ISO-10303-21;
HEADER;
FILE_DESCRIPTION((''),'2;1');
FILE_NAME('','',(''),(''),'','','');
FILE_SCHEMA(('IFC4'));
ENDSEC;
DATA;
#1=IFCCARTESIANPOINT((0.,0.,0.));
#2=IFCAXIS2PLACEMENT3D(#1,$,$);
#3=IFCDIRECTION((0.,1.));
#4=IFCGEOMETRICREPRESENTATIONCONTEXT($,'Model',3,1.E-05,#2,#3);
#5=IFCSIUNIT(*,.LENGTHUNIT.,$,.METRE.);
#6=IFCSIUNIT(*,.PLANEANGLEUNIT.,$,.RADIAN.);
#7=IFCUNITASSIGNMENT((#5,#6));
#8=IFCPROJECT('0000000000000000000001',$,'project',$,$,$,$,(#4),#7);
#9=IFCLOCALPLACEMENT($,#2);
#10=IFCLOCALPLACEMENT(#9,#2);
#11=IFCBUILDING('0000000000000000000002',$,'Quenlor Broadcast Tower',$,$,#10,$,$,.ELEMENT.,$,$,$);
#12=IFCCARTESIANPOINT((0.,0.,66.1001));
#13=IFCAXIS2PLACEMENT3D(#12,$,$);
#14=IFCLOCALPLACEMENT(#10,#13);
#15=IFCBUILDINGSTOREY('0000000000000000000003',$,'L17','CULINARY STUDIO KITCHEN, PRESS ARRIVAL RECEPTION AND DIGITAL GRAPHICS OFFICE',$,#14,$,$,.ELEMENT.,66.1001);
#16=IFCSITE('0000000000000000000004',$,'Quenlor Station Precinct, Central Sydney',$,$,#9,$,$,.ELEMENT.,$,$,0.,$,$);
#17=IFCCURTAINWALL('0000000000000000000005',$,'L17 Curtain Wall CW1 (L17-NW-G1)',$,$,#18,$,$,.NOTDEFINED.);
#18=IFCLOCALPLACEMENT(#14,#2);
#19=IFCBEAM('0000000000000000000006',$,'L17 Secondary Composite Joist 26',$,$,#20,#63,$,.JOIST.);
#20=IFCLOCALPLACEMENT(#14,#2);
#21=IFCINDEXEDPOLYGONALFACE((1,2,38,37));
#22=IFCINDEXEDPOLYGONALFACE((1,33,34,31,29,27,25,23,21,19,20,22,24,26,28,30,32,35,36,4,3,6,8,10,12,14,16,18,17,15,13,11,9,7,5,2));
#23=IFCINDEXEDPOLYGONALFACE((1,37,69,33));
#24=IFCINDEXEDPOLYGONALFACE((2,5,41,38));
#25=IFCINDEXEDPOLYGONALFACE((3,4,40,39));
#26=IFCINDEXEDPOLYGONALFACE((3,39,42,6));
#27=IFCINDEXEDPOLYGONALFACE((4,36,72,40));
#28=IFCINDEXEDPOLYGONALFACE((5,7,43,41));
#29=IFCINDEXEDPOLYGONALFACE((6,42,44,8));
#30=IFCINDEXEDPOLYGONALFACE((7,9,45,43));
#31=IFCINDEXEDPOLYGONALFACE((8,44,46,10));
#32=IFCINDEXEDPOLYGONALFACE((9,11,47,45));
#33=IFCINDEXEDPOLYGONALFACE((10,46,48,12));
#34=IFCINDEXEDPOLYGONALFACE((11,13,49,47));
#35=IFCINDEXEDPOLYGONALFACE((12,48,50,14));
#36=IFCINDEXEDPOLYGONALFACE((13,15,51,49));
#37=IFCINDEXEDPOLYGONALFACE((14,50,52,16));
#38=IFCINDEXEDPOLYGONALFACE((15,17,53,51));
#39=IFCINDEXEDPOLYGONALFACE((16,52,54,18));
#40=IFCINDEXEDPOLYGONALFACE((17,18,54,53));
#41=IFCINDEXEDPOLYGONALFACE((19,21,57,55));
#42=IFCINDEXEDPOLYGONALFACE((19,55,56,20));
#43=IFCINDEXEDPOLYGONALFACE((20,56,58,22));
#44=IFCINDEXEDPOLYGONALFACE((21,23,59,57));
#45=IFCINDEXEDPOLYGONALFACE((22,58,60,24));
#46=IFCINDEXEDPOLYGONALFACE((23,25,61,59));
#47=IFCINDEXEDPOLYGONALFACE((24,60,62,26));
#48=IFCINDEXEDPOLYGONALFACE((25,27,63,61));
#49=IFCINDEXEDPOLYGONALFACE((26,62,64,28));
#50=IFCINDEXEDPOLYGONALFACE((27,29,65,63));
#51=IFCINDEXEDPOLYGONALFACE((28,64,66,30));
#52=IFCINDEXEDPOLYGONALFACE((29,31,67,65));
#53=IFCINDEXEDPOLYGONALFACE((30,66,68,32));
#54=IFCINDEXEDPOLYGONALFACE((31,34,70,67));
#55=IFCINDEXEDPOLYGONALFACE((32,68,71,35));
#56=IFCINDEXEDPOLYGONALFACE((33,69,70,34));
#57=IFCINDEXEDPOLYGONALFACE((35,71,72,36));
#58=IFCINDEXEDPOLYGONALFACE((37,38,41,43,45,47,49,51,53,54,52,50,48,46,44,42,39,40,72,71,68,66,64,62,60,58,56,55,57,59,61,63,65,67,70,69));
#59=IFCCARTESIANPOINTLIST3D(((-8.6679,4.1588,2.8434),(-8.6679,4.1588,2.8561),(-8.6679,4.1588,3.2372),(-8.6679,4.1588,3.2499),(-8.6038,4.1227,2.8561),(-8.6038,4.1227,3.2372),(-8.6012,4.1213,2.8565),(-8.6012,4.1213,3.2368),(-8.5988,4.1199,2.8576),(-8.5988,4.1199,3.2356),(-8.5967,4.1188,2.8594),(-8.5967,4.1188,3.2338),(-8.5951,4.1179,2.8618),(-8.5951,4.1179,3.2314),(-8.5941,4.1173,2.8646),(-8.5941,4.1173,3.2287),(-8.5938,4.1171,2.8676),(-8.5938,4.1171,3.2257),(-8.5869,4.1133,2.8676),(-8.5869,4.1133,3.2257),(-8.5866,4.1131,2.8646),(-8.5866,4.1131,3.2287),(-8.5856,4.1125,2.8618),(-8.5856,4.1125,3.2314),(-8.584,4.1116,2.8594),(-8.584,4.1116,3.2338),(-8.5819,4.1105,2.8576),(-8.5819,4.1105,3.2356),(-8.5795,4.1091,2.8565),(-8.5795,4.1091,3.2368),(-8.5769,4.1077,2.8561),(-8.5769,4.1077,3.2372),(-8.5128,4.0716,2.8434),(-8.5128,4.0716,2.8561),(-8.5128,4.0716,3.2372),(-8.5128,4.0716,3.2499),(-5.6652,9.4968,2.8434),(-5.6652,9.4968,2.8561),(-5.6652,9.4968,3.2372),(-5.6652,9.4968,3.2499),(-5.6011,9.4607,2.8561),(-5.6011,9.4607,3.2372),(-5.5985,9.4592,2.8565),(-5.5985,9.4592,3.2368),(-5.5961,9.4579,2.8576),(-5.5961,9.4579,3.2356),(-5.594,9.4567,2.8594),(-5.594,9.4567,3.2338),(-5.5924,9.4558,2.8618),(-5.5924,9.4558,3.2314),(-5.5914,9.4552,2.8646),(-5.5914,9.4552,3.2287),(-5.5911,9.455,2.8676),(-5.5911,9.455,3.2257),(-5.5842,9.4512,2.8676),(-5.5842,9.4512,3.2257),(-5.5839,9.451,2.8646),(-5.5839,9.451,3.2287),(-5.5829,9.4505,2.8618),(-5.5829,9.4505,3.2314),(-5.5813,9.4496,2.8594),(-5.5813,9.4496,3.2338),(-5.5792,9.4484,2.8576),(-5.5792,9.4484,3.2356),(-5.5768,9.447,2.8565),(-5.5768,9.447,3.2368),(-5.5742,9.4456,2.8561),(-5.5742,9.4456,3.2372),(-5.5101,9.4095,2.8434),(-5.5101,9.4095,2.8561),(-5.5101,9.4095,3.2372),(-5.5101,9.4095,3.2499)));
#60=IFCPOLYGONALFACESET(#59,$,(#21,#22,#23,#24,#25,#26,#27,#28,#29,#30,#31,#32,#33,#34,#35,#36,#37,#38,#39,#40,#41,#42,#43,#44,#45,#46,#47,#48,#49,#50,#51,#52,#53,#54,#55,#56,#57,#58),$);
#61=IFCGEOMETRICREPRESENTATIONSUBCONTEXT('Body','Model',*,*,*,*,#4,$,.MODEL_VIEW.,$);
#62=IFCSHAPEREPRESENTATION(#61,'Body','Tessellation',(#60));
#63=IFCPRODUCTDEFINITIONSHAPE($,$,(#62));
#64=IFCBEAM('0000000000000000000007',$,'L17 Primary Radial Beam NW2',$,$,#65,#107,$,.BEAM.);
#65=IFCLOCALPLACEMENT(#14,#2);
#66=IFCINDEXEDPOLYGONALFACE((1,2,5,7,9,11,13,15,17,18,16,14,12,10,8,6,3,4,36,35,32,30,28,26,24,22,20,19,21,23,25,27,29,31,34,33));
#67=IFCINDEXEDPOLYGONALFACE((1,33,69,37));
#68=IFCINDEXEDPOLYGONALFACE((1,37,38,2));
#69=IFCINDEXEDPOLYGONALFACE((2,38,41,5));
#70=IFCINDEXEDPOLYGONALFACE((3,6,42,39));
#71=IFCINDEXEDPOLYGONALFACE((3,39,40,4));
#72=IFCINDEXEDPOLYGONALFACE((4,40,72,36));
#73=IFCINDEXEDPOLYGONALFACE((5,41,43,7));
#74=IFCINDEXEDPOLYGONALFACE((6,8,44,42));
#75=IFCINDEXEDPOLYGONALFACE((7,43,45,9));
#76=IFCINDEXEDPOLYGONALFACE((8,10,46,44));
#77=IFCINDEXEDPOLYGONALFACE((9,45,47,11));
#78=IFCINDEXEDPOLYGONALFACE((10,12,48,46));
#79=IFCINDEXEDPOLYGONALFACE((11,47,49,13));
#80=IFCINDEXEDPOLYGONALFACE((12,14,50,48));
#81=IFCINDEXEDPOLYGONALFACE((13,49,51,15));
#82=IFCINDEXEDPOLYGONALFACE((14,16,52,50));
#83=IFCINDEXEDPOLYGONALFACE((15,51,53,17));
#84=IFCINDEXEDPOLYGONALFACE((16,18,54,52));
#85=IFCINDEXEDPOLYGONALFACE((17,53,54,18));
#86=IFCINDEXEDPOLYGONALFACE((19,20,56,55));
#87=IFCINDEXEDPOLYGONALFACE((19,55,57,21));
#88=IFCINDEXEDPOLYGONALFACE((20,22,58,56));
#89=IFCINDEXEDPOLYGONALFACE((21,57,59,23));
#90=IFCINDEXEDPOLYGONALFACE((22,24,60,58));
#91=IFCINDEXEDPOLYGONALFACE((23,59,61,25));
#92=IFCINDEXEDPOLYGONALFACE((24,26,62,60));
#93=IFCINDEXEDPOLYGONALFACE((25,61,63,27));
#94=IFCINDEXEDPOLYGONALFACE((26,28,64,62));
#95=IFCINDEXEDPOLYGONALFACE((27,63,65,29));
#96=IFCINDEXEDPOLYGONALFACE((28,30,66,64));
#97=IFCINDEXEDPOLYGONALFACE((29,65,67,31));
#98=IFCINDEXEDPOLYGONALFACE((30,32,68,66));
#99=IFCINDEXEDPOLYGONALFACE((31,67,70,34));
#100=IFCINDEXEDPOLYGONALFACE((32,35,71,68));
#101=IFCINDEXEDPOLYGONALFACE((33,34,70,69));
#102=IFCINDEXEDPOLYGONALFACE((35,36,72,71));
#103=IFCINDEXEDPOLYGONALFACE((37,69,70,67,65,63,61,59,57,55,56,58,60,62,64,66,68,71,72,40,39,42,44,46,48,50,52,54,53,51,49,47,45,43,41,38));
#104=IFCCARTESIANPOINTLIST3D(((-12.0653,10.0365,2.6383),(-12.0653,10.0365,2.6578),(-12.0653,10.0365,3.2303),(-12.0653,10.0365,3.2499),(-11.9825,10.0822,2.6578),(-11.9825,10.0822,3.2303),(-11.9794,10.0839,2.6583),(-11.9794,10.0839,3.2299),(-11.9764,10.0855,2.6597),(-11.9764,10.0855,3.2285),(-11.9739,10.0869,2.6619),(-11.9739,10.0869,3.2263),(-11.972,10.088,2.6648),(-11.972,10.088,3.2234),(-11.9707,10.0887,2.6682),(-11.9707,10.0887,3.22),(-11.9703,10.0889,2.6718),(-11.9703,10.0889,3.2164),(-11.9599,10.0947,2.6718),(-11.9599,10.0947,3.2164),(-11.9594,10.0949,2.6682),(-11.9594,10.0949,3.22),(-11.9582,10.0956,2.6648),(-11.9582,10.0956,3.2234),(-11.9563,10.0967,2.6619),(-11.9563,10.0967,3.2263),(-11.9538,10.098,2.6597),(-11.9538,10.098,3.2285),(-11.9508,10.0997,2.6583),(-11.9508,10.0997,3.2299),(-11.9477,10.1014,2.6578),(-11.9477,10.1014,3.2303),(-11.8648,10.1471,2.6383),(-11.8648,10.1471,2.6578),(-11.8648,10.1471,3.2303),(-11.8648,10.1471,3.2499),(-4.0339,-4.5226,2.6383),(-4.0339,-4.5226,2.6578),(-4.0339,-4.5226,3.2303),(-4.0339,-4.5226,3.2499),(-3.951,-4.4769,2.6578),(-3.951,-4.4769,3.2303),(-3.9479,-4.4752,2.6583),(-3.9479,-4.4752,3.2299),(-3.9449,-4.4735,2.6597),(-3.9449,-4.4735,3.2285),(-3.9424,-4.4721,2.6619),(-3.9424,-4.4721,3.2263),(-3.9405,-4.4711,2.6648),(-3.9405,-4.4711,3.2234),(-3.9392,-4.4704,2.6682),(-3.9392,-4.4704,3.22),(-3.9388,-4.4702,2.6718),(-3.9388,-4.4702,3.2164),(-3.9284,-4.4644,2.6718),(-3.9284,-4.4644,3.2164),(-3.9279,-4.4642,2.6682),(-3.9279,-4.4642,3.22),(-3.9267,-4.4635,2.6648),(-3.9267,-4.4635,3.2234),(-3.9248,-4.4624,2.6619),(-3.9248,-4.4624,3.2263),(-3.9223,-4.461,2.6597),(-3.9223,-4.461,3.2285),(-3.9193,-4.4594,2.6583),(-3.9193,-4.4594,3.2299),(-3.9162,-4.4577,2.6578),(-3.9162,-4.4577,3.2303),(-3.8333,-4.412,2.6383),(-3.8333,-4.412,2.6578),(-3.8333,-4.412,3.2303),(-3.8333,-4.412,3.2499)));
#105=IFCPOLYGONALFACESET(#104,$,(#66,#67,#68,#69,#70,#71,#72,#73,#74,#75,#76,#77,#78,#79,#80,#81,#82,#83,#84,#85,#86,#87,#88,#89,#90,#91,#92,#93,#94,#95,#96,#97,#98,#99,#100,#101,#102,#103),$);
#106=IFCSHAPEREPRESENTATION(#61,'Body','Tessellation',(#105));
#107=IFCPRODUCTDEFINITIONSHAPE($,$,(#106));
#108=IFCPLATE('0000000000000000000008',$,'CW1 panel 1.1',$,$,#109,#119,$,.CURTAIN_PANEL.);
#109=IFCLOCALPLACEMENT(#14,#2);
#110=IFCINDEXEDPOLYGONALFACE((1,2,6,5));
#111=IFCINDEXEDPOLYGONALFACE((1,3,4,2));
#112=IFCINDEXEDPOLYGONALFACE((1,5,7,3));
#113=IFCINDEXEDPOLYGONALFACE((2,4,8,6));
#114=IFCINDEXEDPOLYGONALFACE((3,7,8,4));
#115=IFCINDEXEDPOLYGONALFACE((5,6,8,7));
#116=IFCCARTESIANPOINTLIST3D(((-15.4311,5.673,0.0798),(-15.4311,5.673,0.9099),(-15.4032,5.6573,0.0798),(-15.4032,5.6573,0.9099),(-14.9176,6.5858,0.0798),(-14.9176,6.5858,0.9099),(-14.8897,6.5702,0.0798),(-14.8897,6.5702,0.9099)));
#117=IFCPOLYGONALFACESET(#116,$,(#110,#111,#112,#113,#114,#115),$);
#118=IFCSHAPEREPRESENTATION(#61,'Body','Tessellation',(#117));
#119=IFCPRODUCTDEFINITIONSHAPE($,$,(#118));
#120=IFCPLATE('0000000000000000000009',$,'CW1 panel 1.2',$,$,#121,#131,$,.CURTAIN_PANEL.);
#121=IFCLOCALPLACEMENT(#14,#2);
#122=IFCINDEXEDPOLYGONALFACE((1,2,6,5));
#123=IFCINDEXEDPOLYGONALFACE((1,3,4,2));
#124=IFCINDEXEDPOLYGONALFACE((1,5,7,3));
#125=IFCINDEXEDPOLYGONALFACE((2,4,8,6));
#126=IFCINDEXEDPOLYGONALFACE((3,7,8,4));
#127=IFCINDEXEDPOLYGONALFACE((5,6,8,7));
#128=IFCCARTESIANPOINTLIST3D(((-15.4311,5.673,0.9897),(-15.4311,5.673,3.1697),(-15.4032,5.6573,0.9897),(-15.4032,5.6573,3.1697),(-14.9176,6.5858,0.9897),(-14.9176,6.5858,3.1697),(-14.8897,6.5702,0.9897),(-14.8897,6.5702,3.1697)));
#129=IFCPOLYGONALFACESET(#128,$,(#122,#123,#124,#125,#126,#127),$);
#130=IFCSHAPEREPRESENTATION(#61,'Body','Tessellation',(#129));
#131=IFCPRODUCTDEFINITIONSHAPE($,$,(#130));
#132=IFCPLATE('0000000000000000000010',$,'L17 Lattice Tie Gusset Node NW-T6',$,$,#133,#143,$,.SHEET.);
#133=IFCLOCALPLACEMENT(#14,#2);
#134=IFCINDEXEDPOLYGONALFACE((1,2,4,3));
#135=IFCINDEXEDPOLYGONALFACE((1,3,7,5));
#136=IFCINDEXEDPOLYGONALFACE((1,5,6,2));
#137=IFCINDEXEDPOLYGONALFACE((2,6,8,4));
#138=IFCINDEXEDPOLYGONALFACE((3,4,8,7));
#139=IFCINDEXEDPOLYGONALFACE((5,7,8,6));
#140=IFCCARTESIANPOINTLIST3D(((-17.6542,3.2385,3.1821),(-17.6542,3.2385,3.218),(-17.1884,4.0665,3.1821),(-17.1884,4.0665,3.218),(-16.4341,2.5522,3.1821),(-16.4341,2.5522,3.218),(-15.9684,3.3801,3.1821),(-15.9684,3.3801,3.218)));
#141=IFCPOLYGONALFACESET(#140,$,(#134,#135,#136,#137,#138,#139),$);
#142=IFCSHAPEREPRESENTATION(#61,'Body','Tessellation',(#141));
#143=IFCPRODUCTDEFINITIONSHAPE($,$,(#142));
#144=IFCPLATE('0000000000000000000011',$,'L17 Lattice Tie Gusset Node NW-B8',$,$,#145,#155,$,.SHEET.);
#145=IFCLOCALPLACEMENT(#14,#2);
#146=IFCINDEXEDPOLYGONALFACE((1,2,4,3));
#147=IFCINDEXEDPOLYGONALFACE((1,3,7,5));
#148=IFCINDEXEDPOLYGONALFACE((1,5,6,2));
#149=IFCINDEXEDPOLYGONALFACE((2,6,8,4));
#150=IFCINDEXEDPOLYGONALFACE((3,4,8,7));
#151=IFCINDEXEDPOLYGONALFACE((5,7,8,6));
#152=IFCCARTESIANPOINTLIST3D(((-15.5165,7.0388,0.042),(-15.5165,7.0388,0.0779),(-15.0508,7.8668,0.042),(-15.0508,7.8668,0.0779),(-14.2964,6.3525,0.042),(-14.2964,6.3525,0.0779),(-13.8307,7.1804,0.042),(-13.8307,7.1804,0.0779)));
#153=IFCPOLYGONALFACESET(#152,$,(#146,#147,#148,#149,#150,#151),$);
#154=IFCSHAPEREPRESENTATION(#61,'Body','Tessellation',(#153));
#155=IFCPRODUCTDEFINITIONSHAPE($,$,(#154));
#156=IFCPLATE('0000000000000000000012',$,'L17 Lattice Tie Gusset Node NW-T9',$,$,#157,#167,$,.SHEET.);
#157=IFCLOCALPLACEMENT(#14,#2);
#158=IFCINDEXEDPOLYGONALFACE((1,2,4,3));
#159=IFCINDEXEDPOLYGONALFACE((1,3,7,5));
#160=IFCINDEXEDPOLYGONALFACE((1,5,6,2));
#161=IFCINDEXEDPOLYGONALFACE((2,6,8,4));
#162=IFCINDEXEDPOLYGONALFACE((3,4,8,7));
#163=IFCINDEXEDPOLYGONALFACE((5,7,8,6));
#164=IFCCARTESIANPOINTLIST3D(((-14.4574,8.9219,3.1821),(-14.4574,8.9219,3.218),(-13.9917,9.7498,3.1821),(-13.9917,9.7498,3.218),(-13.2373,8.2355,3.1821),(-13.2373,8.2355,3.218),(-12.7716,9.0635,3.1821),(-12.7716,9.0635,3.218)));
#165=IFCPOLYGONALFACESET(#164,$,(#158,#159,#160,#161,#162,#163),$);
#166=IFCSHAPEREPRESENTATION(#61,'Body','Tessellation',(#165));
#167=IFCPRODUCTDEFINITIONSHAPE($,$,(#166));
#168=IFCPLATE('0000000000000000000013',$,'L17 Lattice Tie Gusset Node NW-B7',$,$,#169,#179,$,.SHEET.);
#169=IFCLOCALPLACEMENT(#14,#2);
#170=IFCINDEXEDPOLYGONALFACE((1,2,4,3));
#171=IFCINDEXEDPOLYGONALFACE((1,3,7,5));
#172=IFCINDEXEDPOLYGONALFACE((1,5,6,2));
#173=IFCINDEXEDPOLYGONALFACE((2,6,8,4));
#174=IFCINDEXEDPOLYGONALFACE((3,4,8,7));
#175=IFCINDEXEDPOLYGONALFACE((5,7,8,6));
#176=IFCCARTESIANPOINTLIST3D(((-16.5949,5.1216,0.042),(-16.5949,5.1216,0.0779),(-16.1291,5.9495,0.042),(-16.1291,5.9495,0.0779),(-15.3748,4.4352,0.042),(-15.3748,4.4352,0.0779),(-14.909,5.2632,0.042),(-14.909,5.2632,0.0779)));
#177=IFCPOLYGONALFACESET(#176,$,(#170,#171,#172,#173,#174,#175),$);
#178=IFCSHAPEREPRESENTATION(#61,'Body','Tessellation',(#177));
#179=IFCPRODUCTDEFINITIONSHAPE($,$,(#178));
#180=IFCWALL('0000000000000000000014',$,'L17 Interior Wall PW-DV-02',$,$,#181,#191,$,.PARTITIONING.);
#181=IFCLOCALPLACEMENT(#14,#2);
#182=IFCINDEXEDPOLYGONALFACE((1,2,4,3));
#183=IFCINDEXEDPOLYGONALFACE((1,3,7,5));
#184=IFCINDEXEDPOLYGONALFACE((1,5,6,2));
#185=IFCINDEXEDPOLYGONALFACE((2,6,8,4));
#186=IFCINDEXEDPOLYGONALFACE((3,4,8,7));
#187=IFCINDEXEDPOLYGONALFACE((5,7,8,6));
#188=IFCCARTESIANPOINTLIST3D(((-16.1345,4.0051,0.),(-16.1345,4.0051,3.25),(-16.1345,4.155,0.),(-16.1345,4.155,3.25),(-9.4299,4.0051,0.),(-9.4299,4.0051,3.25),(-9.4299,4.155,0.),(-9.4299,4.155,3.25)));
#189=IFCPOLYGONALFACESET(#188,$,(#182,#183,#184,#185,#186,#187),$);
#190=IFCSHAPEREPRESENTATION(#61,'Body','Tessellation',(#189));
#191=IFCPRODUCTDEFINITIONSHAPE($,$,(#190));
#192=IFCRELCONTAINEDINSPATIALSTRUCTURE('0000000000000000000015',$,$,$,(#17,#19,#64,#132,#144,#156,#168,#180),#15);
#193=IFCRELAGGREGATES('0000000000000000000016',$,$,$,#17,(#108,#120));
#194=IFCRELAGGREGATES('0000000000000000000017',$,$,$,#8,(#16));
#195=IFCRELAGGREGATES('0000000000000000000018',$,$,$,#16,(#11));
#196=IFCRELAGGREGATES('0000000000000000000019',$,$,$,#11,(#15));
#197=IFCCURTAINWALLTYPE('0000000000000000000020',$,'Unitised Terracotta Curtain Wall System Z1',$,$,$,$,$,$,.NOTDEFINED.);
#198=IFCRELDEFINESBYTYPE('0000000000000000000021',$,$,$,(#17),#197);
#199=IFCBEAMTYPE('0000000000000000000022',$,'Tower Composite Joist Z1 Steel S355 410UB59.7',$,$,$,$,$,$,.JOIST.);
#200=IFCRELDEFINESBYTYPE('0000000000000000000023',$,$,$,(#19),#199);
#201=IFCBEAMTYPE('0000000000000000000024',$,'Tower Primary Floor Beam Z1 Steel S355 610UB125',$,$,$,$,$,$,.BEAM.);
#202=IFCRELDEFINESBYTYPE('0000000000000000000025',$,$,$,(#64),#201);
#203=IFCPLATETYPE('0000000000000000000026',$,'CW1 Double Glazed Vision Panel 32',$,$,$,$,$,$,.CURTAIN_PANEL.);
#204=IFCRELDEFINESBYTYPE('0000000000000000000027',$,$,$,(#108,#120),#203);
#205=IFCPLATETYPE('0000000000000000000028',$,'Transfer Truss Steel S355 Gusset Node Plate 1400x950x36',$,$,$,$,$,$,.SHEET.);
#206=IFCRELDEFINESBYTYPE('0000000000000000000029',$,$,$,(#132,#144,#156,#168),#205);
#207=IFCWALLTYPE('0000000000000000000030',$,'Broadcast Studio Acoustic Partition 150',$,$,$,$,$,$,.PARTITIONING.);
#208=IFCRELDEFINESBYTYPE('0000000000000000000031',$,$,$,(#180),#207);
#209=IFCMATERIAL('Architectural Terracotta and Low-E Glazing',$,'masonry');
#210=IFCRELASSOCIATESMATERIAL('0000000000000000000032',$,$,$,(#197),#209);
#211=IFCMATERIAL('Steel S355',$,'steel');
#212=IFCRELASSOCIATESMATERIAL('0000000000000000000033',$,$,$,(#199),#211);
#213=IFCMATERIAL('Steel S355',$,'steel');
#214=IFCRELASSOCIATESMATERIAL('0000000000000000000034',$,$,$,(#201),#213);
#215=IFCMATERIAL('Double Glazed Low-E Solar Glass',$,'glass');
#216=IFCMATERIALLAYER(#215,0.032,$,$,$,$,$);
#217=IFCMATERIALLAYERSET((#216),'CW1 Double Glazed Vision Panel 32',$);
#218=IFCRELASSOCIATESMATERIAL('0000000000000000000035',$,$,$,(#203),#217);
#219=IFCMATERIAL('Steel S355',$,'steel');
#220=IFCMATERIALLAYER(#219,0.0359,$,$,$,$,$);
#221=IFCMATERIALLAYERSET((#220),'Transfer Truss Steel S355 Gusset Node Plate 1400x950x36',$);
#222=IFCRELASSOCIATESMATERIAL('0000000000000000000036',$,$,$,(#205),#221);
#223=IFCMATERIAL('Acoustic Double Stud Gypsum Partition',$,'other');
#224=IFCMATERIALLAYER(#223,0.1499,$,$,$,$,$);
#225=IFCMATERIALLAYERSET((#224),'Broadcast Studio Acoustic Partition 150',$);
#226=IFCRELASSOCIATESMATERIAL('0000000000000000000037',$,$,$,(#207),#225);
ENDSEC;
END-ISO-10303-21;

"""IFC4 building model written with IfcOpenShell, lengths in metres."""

from ifc_helpers import new_model, si_unit, direction, frame, frame_2d, origin, origin_2d, place, context, subcontext, project, spatial, rectangle, i_section, extrude, material, layer, layer_set, material_profile, profile_set, type_object, element, aggregate, save


model = new_model("IFC4")

# Units and contexts
model_context = context("Model", 3, precision=1e-05, world=origin(), true_north=direction((0.0, 1.0)))
body_context = subcontext(model_context, "Body", "Model", "MODEL_VIEW")
ifc_project = project(units=[si_unit("LENGTHUNIT", "METRE"), si_unit("PLANEANGLEUNIT", "RADIAN")], contexts=[model_context])

# Site, building, storey
site_placement = place(None, origin())
site = spatial("IfcSite", under=ifc_project, at=site_placement, Name="Quenlor Station Precinct, Central Sydney", CompositionType="ELEMENT", RefElevation=0.0)
building_placement = place(site_placement, origin())
building = spatial("IfcBuilding", under=site, at=building_placement, Name="Quenlor Broadcast Tower", CompositionType="ELEMENT")
storey_placement = place(building_placement, frame((0.0, 0.0, 66.1001)))
storey = spatial("IfcBuildingStorey", under=building, at=storey_placement, Name="L17", Description="CULINARY STUDIO KITCHEN, PRESS ARRIVAL RECEPTION AND DIGITAL GRAPHICS OFFICE", CompositionType="ELEMENT", Elevation=66.1001)

# Curtain wall
ifc_material_1 = material(Name="Architectural Terracotta and Low-E Glazing", Category="masonry")
curtain_wall_type = type_object("IfcCurtainWallType", Name="Unitised Terracotta Curtain Wall System Z1", PredefinedType="NOTDEFINED", material=ifc_material_1)
curtain_wall_placement = place(storey_placement, origin())
curtain_wall = element("IfcCurtainWall", 1, at=curtain_wall_placement, inside=storey, type_object=curtain_wall_type, Name="L17 Curtain Wall CW1 (L17-NW-G1)", PredefinedType="NOTDEFINED")

# Beams
ifc_material_2 = material(Name="Steel S355", Category="steel")
ifc_material_profile_1 = material_profile(ifc_material_2, i_section(OverallWidth=0.178, OverallDepth=0.4065, WebThickness=0.0078, FlangeThickness=0.0127, FilletRadius=0.0115, at=origin_2d()))
ifc_profile_set_1 = profile_set([ifc_material_profile_1], Name="Steel S355 410UB59.7")
beam_type_1 = type_object("IfcBeamType", Name="Tower Composite Joist Z1 Steel S355 410UB59.7", PredefinedType="JOIST", material=ifc_profile_set_1)
beam_1_placement = place(storey_placement, frame((-5.5876, 9.4531, 3.0466), z_axis=(-0.490276, -0.871567, 0.0), x_axis=(0.871567, -0.490276, 0.0)))
element("IfcBeam", 2, at=beam_1_placement, inside=storey, type_object=beam_type_1, Name="L17 Secondary Composite Joist 26", PredefinedType="JOIST", context=body_context, shape_type="SweptSolid", body=[
    extrude(i_section(OverallWidth=0.178, OverallDepth=0.4065, WebThickness=0.0078, FlangeThickness=0.0127, FilletRadius=0.0115, at=origin_2d()), origin(), (0.0, 0.0, 1.0), 6.1245),
])
ifc_material_3 = material(Name="Steel S355", Category="steel")
ifc_material_profile_2 = material_profile(ifc_material_3, i_section(OverallWidth=0.229, OverallDepth=0.6116, WebThickness=0.012, FlangeThickness=0.0195, FilletRadius=0.0139, at=origin_2d()))
ifc_profile_set_2 = profile_set([ifc_material_profile_2], Name="Steel S355 610UB125")
beam_type_2 = type_object("IfcBeamType", Name="Tower Primary Floor Beam Z1 Steel S355 610UB125", PredefinedType="BEAM", material=ifc_profile_set_2)
beam_2_placement = place(storey_placement, frame((-11.9651, 10.0918, 2.9441), z_axis=(0.483026, -0.875606, 0.0), x_axis=(0.875606, 0.483026, 0.0)))
element("IfcBeam", 3, at=beam_2_placement, inside=storey, type_object=beam_type_2, Name="L17 Primary Radial Beam NW2", PredefinedType="BEAM", context=body_context, shape_type="SweptSolid", body=[
    extrude(i_section(OverallWidth=0.229, OverallDepth=0.6116, WebThickness=0.012, FlangeThickness=0.0195, FilletRadius=0.0139, at=origin_2d()), origin(), (0.0, 0.0, 1.0), 16.6274),
])

# Plates
ifc_material_4 = material(Name="Double Glazed Low-E Solar Glass", Category="glass")
ifc_layer_1 = layer(ifc_material_4, 0.032)
ifc_layer_set_1 = layer_set([ifc_layer_1], Name="CW1 Double Glazed Vision Panel 32")
plate_type_1 = type_object("IfcPlateType", Name="CW1 Double Glazed Vision Panel 32", PredefinedType="CURTAIN_PANEL", material=ifc_layer_set_1)
plate_1_placement = place(storey_placement, frame((-15.1604, 6.1216, 0.0798), z_axis=(0.0, 0.0, 1.0), x_axis=(0.490277, 0.871567, 0.0)))
plate_1 = element("IfcPlate", 4, at=plate_1_placement, type_object=plate_type_1, Name="CW1 panel 1.1", PredefinedType="CURTAIN_PANEL", context=body_context, shape_type="SweptSolid", body=[
    extrude(rectangle(XDim=1.0474, YDim=0.032, at=origin_2d()), origin(), (0.0, 0.0, 1.0), 0.8301),
])
plate_2_placement = place(storey_placement, frame((-15.1604, 6.1216, 0.9897), z_axis=(0.0, 0.0, 1.0), x_axis=(0.490277, 0.871567, 0.0)))
plate_2 = element("IfcPlate", 5, at=plate_2_placement, type_object=plate_type_1, Name="CW1 panel 1.2", PredefinedType="CURTAIN_PANEL", context=body_context, shape_type="SweptSolid", body=[
    extrude(rectangle(XDim=1.0474, YDim=0.032, at=origin_2d()), origin(), (0.0, 0.0, 1.0), 2.1799),
])
aggregate(curtain_wall, [plate_1, plate_2])

# Plates
ifc_material_5 = material(Name="Steel S355", Category="steel")
ifc_layer_2 = layer(ifc_material_5, 0.0359)
ifc_layer_set_2 = layer_set([ifc_layer_2], Name="Transfer Truss Steel S355 Gusset Node Plate 1400x950x36")
plate_type_2 = type_object("IfcPlateType", Name="Transfer Truss Steel S355 Gusset Node Plate 1400x950x36", PredefinedType="SHEET", material=ifc_layer_set_2)
for number, where, z_axis, x_axis, name in (
    (6, (-16.8113, 3.3093, 3.1821), (0.0, 0.0, 1.0), (-0.871556, 0.490295, 0.0), "L17 Lattice Tie Gusset Node NW-T6"),
    (7, (-14.6736, 7.1096, 0.042), (0.0, 0.0, 1.0), (-0.871556, 0.490295, 0.0), "L17 Lattice Tie Gusset Node NW-B8"),
    (8, (-13.6145, 8.9927, 3.1821), (0.0, 0.0, 1.0), (-0.871556, 0.490295, 0.0), "L17 Lattice Tie Gusset Node NW-T9"),
    (9, (-15.752, 5.1924, 0.042), (0.0, 0.0, 1.0), (-0.871556, 0.490295, 0.0), "L17 Lattice Tie Gusset Node NW-B7"),
):
    element("IfcPlate", number, at=place(storey_placement, frame(where, z_axis=z_axis, x_axis=x_axis)), inside=storey, type_object=plate_type_2, Name=name, PredefinedType="SHEET", context=body_context, shape_type="SweptSolid", body=[
        extrude(rectangle(XDim=1.3999, YDim=0.95, at=origin_2d()), origin(), (0.0, 0.0, 1.0), 0.0359),
    ])

# Wall
ifc_material_6 = material(Name="Acoustic Double Stud Gypsum Partition", Category="other")
ifc_layer_3 = layer(ifc_material_6, 0.1499)
ifc_layer_set_3 = layer_set([ifc_layer_3], Name="Broadcast Studio Acoustic Partition 150")
wall_type_1 = type_object("IfcWallType", Name="Broadcast Studio Acoustic Partition 150", PredefinedType="PARTITIONING", material=ifc_layer_set_3)
wall_1_placement = place(storey_placement, frame((-9.4299, 4.0801, 0.0), z_axis=(0.0, 0.0, 1.0), x_axis=(-1.0, 0.0, 0.0)))
element("IfcWall", 10, at=wall_1_placement, inside=storey, type_object=wall_type_1, Name="L17 Interior Wall PW-DV-02", PredefinedType="PARTITIONING", context=body_context, shape_type="SweptSolid", body=[
    extrude(rectangle(XDim=6.7046, YDim=0.1499, at=frame_2d((3.3523, 0.0))), origin(), (0.0, 0.0, 1.0), 3.25),
])

save(model, "model.ifc")
